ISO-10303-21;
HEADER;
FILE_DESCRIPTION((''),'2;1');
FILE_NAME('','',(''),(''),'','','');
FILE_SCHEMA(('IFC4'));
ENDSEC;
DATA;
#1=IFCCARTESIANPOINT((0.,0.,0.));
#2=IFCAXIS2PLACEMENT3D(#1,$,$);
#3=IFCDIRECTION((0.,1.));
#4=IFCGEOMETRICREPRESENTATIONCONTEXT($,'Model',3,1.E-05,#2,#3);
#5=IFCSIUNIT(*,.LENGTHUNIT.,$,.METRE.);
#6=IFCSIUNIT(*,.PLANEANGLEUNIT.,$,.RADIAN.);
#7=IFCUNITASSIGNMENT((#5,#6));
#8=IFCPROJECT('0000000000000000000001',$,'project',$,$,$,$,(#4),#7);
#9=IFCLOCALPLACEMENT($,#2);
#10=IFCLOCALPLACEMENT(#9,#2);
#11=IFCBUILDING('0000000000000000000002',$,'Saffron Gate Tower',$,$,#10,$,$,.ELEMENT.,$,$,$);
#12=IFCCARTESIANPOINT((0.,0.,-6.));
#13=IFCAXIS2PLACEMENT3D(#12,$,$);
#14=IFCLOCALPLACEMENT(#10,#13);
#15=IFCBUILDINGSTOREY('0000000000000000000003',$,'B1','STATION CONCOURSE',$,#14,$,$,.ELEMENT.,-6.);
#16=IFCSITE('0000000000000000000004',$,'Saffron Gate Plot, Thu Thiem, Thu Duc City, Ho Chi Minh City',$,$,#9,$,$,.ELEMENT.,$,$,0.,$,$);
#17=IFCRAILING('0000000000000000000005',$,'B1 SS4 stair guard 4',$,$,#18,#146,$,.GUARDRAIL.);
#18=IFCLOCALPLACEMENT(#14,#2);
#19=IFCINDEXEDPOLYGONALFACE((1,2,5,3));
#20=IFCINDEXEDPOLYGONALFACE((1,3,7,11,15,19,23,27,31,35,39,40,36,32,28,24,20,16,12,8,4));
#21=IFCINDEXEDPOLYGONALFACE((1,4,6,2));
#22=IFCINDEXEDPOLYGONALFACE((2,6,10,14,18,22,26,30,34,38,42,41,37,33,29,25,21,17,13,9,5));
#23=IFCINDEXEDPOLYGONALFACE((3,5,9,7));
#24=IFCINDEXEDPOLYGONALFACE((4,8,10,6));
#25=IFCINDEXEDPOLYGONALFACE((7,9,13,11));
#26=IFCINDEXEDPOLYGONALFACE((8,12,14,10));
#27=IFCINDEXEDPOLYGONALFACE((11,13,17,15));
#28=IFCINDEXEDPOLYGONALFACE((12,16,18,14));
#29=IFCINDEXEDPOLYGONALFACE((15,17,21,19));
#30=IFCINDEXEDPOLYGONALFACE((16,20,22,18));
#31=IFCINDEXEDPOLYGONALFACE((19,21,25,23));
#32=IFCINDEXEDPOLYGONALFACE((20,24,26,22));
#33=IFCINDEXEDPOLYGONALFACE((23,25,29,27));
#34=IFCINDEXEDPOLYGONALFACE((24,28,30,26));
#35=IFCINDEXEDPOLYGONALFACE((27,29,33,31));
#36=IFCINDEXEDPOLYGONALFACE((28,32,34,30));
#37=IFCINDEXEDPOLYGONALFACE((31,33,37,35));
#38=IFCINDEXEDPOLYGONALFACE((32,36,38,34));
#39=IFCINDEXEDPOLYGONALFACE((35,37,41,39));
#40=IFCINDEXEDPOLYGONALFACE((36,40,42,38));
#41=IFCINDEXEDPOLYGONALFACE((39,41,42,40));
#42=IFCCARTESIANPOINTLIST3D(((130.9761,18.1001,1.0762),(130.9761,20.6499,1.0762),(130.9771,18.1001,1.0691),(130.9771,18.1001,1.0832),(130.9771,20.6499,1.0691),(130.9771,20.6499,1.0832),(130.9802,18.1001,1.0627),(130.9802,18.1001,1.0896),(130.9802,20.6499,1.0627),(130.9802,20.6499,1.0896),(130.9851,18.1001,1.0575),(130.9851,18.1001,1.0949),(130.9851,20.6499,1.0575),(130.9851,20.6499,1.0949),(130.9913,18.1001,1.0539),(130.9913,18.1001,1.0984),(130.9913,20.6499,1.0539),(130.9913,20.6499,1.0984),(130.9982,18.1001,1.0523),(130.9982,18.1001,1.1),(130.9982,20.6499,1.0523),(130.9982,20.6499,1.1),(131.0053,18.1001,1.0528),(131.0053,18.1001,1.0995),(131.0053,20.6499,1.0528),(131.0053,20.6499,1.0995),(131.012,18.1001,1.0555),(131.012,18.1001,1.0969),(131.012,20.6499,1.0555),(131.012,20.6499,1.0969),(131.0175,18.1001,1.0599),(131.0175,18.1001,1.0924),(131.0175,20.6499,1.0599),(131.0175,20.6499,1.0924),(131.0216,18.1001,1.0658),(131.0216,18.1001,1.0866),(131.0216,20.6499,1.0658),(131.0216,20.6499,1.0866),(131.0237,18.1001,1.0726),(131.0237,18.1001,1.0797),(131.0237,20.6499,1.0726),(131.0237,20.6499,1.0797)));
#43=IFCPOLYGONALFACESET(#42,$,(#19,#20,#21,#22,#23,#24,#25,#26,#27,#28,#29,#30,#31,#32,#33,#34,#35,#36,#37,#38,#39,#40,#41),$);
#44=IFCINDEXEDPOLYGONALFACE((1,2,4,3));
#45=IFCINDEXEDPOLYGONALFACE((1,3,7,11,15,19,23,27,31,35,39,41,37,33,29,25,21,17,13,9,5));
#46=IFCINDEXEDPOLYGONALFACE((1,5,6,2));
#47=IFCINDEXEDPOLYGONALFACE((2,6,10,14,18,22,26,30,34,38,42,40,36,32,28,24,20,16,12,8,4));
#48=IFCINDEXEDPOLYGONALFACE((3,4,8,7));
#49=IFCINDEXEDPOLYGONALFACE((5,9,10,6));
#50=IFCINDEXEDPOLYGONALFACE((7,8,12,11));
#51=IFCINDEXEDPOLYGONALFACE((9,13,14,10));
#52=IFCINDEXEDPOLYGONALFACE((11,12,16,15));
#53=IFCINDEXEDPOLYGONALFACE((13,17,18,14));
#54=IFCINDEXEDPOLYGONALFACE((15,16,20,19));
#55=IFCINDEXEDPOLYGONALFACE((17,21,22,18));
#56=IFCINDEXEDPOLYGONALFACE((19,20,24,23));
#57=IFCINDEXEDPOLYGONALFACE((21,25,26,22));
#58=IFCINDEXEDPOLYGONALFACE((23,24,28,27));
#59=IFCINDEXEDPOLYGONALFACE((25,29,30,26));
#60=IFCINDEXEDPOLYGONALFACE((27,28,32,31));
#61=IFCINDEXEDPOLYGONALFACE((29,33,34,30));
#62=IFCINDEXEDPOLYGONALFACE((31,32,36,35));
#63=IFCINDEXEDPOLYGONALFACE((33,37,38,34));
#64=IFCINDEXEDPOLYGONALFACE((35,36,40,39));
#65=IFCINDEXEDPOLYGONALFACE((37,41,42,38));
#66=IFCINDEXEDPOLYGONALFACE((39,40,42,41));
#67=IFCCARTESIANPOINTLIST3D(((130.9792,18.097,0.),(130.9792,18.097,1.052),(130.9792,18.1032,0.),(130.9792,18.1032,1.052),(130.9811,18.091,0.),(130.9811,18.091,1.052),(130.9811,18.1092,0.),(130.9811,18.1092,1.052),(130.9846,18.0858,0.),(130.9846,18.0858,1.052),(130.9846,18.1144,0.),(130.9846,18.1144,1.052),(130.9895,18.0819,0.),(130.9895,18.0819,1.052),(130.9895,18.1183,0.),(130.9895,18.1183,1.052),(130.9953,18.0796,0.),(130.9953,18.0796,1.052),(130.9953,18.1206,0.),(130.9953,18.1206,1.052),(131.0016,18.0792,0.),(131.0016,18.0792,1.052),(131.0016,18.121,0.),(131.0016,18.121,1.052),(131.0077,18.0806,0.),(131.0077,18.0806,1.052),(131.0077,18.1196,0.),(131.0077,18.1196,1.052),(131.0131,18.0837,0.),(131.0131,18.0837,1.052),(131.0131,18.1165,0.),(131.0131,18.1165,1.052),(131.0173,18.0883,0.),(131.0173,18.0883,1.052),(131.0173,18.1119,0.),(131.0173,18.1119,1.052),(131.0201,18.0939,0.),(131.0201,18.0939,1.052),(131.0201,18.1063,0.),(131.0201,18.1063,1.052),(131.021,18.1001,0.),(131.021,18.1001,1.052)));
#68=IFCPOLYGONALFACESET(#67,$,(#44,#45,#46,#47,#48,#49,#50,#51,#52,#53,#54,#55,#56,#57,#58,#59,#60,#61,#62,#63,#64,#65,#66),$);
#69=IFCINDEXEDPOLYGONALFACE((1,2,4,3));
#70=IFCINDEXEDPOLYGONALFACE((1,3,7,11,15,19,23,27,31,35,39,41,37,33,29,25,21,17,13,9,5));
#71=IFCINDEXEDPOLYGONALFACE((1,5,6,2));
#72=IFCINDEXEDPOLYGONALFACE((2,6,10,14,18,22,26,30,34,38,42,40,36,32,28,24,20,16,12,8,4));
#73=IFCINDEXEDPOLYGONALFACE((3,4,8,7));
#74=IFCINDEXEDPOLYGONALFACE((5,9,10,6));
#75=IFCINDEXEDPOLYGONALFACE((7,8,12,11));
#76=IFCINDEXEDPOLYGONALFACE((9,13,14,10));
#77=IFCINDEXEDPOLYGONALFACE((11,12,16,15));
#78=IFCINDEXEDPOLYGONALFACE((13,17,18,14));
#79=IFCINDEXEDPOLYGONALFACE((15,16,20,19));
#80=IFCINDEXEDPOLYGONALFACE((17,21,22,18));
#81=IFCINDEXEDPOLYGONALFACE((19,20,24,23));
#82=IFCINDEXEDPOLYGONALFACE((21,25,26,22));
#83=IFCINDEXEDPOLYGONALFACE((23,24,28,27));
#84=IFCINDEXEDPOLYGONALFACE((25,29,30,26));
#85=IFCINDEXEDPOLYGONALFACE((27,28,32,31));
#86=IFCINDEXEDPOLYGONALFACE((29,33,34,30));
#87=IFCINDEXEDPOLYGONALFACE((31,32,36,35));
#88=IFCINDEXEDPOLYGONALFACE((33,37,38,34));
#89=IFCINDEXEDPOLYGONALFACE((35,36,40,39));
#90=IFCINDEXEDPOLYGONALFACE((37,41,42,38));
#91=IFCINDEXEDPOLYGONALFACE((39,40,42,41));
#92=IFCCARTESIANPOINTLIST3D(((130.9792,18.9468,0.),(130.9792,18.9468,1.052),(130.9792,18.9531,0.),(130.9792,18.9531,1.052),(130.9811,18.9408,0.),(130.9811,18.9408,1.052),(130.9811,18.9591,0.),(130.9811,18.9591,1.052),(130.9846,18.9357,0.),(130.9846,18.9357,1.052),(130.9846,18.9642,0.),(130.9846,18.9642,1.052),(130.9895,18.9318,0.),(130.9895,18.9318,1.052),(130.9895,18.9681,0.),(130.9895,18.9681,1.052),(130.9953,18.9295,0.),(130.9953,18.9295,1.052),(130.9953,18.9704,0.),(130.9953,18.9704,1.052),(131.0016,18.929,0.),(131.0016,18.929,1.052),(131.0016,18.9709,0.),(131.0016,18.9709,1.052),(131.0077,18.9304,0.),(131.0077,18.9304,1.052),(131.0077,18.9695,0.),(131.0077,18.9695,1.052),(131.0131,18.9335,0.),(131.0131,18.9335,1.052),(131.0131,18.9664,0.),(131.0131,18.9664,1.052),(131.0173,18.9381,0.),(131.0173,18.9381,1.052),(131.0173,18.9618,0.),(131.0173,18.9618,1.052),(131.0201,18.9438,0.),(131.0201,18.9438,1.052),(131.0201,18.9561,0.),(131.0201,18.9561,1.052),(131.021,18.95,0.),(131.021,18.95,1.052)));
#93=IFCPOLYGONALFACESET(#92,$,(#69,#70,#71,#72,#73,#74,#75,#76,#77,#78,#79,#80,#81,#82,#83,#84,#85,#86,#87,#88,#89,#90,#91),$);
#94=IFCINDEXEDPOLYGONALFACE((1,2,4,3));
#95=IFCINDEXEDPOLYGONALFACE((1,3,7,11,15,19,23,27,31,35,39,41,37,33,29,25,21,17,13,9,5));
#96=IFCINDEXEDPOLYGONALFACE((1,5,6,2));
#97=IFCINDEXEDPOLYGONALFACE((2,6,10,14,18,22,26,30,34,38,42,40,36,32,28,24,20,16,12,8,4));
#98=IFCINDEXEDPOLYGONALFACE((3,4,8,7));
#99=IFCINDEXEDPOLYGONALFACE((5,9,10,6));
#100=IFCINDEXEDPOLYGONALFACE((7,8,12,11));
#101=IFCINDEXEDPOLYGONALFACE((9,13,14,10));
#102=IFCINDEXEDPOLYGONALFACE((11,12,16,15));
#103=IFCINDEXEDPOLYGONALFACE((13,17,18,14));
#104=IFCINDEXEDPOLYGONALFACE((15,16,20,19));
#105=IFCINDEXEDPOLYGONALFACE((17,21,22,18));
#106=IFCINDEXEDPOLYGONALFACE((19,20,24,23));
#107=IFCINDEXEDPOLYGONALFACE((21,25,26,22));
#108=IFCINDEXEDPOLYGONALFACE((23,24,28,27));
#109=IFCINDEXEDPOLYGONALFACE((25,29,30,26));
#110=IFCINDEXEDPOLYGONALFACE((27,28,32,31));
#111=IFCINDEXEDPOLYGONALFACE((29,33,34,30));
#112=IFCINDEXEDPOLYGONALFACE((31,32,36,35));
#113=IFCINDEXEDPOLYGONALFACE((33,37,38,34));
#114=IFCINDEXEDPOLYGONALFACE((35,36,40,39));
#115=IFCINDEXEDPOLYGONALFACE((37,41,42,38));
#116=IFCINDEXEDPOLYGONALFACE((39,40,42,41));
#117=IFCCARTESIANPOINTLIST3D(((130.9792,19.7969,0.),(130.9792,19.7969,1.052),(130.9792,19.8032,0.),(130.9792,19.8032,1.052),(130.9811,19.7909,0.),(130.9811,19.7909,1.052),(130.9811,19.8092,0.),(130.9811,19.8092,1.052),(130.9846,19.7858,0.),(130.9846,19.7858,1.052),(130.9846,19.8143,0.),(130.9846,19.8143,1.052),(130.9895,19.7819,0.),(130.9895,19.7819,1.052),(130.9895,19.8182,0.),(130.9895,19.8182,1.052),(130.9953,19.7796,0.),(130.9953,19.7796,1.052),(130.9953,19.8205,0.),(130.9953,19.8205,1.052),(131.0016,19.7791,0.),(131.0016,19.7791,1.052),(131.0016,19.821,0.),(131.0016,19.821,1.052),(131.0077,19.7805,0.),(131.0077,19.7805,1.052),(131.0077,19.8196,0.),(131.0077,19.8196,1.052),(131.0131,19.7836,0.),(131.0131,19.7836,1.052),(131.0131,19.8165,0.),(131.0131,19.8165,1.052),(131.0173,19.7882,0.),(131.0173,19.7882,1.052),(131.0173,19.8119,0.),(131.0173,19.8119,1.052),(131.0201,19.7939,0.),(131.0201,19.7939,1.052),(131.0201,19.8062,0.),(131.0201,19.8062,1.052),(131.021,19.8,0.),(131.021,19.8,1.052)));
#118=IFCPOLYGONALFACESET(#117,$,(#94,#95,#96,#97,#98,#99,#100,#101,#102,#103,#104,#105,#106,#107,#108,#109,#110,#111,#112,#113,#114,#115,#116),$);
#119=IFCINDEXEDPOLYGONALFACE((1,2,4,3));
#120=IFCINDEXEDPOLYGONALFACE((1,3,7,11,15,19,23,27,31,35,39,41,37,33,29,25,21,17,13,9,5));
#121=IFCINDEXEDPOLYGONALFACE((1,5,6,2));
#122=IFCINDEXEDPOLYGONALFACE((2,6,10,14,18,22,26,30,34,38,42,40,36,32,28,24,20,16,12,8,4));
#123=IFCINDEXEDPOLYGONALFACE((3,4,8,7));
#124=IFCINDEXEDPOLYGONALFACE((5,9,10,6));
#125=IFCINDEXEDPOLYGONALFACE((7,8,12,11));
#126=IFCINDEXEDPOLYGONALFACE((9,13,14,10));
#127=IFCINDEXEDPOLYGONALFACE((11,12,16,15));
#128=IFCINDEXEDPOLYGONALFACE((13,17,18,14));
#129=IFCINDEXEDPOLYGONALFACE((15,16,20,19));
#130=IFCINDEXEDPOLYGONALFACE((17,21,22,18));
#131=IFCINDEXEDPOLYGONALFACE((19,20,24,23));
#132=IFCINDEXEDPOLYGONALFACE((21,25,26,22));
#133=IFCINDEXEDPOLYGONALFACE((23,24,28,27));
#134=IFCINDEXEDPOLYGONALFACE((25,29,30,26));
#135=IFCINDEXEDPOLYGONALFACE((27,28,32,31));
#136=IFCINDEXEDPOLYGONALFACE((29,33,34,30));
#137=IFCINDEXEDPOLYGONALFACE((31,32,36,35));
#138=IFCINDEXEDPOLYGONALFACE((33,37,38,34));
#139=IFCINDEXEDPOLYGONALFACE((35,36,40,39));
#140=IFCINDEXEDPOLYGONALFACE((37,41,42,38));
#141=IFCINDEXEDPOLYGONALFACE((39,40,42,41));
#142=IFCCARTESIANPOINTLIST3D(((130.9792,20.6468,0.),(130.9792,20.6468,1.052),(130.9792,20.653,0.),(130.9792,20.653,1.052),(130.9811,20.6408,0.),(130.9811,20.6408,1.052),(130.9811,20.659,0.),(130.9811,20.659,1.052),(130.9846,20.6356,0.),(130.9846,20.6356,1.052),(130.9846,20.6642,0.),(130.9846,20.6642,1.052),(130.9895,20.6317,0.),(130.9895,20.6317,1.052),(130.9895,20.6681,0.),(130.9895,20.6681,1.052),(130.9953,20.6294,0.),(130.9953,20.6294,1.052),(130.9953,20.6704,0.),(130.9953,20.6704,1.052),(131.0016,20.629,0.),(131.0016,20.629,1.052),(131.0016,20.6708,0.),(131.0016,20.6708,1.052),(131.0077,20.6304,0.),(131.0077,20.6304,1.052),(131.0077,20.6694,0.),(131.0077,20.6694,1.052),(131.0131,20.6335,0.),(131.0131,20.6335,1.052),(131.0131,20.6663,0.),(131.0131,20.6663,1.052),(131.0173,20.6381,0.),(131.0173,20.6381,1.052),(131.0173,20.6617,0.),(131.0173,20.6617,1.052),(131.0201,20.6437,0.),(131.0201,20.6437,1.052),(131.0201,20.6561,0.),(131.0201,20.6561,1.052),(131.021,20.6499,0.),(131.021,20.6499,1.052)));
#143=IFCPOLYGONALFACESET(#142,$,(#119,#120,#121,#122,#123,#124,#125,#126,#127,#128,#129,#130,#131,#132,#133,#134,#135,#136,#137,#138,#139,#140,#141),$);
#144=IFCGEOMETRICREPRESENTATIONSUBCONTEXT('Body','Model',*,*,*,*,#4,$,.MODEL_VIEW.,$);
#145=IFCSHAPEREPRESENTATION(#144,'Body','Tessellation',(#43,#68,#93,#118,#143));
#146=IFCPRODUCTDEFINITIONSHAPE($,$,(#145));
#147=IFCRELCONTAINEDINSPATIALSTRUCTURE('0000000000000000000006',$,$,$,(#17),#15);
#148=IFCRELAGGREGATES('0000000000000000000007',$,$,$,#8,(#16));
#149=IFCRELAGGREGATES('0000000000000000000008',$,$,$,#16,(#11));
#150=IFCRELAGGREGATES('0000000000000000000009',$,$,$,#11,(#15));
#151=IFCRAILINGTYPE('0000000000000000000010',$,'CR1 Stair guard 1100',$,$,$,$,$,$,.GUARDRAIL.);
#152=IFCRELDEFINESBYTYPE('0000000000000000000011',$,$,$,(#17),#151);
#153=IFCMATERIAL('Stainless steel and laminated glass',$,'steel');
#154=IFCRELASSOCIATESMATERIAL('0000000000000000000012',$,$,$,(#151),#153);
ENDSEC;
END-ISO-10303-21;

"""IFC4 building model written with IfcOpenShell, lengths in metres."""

from ifc_helpers import new_model, si_unit, direction, frame, origin, origin_2d, place, context, subcontext, project, spatial, circle, extrude, material, type_object, element, save


model = new_model("IFC4")

# Units and contexts
model_context = context("Model", 3, precision=1e-05, world=origin(), true_north=direction((0.0, 1.0)))
body_context = subcontext(model_context, "Body", "Model", "MODEL_VIEW")
ifc_project = project(units=[si_unit("LENGTHUNIT", "METRE"), si_unit("PLANEANGLEUNIT", "RADIAN")], contexts=[model_context])

# Site, building, storey
site_placement = place(None, origin())
site = spatial("IfcSite", under=ifc_project, at=site_placement, Name="Saffron Gate Plot, Thu Thiem, Thu Duc City, Ho Chi Minh City", CompositionType="ELEMENT", RefElevation=0.0)
building_placement = place(site_placement, origin())
building = spatial("IfcBuilding", under=site, at=building_placement, Name="Saffron Gate Tower", CompositionType="ELEMENT")
storey_placement = place(building_placement, frame((0.0, 0.0, -6.0)))
storey = spatial("IfcBuildingStorey", under=building, at=storey_placement, Name="B1", Description="STATION CONCOURSE", CompositionType="ELEMENT", Elevation=-6.0)

# Railing
ifc_material_1 = material(Name="Stainless steel and laminated glass", Category="steel")
railing_type_1 = type_object("IfcRailingType", Name="CR1 Stair guard 1100", PredefinedType="GUARDRAIL", material=ifc_material_1)
for number, where, name in (
    (1, (131.0, 18.1001, 0.0), "B1 SS4 stair guard 4"),
):
    element("IfcRailing", number, at=place(storey_placement, frame(where)), inside=storey, type_object=railing_type_1, Name=name, PredefinedType="GUARDRAIL", context=body_context, shape_type="SweptSolid", body=[
        extrude(circle(Radius=0.0239, at=origin_2d()), frame((0.0, 0.0, 1.0762), z_axis=(0.0, 1.0, 0.0), x_axis=(-1.0, 0.0, 0.0)), (0.0, 0.0, 1.0), 2.5498),
        extrude(circle(Radius=0.021, at=origin_2d()), origin(), (0.0, 0.0, 1.0), 1.052),
        extrude(circle(Radius=0.021, at=origin_2d()), frame((0.0, 0.8499, 0.0)), (0.0, 0.0, 1.0), 1.052),
        extrude(circle(Radius=0.021, at=origin_2d()), frame((0.0, 1.7, 0.0)), (0.0, 0.0, 1.0), 1.052),
        extrude(circle(Radius=0.021, at=origin_2d()), frame((0.0, 2.5498, 0.0)), (0.0, 0.0, 1.0), 1.052),
    ])

save(model, "model.ifc")
